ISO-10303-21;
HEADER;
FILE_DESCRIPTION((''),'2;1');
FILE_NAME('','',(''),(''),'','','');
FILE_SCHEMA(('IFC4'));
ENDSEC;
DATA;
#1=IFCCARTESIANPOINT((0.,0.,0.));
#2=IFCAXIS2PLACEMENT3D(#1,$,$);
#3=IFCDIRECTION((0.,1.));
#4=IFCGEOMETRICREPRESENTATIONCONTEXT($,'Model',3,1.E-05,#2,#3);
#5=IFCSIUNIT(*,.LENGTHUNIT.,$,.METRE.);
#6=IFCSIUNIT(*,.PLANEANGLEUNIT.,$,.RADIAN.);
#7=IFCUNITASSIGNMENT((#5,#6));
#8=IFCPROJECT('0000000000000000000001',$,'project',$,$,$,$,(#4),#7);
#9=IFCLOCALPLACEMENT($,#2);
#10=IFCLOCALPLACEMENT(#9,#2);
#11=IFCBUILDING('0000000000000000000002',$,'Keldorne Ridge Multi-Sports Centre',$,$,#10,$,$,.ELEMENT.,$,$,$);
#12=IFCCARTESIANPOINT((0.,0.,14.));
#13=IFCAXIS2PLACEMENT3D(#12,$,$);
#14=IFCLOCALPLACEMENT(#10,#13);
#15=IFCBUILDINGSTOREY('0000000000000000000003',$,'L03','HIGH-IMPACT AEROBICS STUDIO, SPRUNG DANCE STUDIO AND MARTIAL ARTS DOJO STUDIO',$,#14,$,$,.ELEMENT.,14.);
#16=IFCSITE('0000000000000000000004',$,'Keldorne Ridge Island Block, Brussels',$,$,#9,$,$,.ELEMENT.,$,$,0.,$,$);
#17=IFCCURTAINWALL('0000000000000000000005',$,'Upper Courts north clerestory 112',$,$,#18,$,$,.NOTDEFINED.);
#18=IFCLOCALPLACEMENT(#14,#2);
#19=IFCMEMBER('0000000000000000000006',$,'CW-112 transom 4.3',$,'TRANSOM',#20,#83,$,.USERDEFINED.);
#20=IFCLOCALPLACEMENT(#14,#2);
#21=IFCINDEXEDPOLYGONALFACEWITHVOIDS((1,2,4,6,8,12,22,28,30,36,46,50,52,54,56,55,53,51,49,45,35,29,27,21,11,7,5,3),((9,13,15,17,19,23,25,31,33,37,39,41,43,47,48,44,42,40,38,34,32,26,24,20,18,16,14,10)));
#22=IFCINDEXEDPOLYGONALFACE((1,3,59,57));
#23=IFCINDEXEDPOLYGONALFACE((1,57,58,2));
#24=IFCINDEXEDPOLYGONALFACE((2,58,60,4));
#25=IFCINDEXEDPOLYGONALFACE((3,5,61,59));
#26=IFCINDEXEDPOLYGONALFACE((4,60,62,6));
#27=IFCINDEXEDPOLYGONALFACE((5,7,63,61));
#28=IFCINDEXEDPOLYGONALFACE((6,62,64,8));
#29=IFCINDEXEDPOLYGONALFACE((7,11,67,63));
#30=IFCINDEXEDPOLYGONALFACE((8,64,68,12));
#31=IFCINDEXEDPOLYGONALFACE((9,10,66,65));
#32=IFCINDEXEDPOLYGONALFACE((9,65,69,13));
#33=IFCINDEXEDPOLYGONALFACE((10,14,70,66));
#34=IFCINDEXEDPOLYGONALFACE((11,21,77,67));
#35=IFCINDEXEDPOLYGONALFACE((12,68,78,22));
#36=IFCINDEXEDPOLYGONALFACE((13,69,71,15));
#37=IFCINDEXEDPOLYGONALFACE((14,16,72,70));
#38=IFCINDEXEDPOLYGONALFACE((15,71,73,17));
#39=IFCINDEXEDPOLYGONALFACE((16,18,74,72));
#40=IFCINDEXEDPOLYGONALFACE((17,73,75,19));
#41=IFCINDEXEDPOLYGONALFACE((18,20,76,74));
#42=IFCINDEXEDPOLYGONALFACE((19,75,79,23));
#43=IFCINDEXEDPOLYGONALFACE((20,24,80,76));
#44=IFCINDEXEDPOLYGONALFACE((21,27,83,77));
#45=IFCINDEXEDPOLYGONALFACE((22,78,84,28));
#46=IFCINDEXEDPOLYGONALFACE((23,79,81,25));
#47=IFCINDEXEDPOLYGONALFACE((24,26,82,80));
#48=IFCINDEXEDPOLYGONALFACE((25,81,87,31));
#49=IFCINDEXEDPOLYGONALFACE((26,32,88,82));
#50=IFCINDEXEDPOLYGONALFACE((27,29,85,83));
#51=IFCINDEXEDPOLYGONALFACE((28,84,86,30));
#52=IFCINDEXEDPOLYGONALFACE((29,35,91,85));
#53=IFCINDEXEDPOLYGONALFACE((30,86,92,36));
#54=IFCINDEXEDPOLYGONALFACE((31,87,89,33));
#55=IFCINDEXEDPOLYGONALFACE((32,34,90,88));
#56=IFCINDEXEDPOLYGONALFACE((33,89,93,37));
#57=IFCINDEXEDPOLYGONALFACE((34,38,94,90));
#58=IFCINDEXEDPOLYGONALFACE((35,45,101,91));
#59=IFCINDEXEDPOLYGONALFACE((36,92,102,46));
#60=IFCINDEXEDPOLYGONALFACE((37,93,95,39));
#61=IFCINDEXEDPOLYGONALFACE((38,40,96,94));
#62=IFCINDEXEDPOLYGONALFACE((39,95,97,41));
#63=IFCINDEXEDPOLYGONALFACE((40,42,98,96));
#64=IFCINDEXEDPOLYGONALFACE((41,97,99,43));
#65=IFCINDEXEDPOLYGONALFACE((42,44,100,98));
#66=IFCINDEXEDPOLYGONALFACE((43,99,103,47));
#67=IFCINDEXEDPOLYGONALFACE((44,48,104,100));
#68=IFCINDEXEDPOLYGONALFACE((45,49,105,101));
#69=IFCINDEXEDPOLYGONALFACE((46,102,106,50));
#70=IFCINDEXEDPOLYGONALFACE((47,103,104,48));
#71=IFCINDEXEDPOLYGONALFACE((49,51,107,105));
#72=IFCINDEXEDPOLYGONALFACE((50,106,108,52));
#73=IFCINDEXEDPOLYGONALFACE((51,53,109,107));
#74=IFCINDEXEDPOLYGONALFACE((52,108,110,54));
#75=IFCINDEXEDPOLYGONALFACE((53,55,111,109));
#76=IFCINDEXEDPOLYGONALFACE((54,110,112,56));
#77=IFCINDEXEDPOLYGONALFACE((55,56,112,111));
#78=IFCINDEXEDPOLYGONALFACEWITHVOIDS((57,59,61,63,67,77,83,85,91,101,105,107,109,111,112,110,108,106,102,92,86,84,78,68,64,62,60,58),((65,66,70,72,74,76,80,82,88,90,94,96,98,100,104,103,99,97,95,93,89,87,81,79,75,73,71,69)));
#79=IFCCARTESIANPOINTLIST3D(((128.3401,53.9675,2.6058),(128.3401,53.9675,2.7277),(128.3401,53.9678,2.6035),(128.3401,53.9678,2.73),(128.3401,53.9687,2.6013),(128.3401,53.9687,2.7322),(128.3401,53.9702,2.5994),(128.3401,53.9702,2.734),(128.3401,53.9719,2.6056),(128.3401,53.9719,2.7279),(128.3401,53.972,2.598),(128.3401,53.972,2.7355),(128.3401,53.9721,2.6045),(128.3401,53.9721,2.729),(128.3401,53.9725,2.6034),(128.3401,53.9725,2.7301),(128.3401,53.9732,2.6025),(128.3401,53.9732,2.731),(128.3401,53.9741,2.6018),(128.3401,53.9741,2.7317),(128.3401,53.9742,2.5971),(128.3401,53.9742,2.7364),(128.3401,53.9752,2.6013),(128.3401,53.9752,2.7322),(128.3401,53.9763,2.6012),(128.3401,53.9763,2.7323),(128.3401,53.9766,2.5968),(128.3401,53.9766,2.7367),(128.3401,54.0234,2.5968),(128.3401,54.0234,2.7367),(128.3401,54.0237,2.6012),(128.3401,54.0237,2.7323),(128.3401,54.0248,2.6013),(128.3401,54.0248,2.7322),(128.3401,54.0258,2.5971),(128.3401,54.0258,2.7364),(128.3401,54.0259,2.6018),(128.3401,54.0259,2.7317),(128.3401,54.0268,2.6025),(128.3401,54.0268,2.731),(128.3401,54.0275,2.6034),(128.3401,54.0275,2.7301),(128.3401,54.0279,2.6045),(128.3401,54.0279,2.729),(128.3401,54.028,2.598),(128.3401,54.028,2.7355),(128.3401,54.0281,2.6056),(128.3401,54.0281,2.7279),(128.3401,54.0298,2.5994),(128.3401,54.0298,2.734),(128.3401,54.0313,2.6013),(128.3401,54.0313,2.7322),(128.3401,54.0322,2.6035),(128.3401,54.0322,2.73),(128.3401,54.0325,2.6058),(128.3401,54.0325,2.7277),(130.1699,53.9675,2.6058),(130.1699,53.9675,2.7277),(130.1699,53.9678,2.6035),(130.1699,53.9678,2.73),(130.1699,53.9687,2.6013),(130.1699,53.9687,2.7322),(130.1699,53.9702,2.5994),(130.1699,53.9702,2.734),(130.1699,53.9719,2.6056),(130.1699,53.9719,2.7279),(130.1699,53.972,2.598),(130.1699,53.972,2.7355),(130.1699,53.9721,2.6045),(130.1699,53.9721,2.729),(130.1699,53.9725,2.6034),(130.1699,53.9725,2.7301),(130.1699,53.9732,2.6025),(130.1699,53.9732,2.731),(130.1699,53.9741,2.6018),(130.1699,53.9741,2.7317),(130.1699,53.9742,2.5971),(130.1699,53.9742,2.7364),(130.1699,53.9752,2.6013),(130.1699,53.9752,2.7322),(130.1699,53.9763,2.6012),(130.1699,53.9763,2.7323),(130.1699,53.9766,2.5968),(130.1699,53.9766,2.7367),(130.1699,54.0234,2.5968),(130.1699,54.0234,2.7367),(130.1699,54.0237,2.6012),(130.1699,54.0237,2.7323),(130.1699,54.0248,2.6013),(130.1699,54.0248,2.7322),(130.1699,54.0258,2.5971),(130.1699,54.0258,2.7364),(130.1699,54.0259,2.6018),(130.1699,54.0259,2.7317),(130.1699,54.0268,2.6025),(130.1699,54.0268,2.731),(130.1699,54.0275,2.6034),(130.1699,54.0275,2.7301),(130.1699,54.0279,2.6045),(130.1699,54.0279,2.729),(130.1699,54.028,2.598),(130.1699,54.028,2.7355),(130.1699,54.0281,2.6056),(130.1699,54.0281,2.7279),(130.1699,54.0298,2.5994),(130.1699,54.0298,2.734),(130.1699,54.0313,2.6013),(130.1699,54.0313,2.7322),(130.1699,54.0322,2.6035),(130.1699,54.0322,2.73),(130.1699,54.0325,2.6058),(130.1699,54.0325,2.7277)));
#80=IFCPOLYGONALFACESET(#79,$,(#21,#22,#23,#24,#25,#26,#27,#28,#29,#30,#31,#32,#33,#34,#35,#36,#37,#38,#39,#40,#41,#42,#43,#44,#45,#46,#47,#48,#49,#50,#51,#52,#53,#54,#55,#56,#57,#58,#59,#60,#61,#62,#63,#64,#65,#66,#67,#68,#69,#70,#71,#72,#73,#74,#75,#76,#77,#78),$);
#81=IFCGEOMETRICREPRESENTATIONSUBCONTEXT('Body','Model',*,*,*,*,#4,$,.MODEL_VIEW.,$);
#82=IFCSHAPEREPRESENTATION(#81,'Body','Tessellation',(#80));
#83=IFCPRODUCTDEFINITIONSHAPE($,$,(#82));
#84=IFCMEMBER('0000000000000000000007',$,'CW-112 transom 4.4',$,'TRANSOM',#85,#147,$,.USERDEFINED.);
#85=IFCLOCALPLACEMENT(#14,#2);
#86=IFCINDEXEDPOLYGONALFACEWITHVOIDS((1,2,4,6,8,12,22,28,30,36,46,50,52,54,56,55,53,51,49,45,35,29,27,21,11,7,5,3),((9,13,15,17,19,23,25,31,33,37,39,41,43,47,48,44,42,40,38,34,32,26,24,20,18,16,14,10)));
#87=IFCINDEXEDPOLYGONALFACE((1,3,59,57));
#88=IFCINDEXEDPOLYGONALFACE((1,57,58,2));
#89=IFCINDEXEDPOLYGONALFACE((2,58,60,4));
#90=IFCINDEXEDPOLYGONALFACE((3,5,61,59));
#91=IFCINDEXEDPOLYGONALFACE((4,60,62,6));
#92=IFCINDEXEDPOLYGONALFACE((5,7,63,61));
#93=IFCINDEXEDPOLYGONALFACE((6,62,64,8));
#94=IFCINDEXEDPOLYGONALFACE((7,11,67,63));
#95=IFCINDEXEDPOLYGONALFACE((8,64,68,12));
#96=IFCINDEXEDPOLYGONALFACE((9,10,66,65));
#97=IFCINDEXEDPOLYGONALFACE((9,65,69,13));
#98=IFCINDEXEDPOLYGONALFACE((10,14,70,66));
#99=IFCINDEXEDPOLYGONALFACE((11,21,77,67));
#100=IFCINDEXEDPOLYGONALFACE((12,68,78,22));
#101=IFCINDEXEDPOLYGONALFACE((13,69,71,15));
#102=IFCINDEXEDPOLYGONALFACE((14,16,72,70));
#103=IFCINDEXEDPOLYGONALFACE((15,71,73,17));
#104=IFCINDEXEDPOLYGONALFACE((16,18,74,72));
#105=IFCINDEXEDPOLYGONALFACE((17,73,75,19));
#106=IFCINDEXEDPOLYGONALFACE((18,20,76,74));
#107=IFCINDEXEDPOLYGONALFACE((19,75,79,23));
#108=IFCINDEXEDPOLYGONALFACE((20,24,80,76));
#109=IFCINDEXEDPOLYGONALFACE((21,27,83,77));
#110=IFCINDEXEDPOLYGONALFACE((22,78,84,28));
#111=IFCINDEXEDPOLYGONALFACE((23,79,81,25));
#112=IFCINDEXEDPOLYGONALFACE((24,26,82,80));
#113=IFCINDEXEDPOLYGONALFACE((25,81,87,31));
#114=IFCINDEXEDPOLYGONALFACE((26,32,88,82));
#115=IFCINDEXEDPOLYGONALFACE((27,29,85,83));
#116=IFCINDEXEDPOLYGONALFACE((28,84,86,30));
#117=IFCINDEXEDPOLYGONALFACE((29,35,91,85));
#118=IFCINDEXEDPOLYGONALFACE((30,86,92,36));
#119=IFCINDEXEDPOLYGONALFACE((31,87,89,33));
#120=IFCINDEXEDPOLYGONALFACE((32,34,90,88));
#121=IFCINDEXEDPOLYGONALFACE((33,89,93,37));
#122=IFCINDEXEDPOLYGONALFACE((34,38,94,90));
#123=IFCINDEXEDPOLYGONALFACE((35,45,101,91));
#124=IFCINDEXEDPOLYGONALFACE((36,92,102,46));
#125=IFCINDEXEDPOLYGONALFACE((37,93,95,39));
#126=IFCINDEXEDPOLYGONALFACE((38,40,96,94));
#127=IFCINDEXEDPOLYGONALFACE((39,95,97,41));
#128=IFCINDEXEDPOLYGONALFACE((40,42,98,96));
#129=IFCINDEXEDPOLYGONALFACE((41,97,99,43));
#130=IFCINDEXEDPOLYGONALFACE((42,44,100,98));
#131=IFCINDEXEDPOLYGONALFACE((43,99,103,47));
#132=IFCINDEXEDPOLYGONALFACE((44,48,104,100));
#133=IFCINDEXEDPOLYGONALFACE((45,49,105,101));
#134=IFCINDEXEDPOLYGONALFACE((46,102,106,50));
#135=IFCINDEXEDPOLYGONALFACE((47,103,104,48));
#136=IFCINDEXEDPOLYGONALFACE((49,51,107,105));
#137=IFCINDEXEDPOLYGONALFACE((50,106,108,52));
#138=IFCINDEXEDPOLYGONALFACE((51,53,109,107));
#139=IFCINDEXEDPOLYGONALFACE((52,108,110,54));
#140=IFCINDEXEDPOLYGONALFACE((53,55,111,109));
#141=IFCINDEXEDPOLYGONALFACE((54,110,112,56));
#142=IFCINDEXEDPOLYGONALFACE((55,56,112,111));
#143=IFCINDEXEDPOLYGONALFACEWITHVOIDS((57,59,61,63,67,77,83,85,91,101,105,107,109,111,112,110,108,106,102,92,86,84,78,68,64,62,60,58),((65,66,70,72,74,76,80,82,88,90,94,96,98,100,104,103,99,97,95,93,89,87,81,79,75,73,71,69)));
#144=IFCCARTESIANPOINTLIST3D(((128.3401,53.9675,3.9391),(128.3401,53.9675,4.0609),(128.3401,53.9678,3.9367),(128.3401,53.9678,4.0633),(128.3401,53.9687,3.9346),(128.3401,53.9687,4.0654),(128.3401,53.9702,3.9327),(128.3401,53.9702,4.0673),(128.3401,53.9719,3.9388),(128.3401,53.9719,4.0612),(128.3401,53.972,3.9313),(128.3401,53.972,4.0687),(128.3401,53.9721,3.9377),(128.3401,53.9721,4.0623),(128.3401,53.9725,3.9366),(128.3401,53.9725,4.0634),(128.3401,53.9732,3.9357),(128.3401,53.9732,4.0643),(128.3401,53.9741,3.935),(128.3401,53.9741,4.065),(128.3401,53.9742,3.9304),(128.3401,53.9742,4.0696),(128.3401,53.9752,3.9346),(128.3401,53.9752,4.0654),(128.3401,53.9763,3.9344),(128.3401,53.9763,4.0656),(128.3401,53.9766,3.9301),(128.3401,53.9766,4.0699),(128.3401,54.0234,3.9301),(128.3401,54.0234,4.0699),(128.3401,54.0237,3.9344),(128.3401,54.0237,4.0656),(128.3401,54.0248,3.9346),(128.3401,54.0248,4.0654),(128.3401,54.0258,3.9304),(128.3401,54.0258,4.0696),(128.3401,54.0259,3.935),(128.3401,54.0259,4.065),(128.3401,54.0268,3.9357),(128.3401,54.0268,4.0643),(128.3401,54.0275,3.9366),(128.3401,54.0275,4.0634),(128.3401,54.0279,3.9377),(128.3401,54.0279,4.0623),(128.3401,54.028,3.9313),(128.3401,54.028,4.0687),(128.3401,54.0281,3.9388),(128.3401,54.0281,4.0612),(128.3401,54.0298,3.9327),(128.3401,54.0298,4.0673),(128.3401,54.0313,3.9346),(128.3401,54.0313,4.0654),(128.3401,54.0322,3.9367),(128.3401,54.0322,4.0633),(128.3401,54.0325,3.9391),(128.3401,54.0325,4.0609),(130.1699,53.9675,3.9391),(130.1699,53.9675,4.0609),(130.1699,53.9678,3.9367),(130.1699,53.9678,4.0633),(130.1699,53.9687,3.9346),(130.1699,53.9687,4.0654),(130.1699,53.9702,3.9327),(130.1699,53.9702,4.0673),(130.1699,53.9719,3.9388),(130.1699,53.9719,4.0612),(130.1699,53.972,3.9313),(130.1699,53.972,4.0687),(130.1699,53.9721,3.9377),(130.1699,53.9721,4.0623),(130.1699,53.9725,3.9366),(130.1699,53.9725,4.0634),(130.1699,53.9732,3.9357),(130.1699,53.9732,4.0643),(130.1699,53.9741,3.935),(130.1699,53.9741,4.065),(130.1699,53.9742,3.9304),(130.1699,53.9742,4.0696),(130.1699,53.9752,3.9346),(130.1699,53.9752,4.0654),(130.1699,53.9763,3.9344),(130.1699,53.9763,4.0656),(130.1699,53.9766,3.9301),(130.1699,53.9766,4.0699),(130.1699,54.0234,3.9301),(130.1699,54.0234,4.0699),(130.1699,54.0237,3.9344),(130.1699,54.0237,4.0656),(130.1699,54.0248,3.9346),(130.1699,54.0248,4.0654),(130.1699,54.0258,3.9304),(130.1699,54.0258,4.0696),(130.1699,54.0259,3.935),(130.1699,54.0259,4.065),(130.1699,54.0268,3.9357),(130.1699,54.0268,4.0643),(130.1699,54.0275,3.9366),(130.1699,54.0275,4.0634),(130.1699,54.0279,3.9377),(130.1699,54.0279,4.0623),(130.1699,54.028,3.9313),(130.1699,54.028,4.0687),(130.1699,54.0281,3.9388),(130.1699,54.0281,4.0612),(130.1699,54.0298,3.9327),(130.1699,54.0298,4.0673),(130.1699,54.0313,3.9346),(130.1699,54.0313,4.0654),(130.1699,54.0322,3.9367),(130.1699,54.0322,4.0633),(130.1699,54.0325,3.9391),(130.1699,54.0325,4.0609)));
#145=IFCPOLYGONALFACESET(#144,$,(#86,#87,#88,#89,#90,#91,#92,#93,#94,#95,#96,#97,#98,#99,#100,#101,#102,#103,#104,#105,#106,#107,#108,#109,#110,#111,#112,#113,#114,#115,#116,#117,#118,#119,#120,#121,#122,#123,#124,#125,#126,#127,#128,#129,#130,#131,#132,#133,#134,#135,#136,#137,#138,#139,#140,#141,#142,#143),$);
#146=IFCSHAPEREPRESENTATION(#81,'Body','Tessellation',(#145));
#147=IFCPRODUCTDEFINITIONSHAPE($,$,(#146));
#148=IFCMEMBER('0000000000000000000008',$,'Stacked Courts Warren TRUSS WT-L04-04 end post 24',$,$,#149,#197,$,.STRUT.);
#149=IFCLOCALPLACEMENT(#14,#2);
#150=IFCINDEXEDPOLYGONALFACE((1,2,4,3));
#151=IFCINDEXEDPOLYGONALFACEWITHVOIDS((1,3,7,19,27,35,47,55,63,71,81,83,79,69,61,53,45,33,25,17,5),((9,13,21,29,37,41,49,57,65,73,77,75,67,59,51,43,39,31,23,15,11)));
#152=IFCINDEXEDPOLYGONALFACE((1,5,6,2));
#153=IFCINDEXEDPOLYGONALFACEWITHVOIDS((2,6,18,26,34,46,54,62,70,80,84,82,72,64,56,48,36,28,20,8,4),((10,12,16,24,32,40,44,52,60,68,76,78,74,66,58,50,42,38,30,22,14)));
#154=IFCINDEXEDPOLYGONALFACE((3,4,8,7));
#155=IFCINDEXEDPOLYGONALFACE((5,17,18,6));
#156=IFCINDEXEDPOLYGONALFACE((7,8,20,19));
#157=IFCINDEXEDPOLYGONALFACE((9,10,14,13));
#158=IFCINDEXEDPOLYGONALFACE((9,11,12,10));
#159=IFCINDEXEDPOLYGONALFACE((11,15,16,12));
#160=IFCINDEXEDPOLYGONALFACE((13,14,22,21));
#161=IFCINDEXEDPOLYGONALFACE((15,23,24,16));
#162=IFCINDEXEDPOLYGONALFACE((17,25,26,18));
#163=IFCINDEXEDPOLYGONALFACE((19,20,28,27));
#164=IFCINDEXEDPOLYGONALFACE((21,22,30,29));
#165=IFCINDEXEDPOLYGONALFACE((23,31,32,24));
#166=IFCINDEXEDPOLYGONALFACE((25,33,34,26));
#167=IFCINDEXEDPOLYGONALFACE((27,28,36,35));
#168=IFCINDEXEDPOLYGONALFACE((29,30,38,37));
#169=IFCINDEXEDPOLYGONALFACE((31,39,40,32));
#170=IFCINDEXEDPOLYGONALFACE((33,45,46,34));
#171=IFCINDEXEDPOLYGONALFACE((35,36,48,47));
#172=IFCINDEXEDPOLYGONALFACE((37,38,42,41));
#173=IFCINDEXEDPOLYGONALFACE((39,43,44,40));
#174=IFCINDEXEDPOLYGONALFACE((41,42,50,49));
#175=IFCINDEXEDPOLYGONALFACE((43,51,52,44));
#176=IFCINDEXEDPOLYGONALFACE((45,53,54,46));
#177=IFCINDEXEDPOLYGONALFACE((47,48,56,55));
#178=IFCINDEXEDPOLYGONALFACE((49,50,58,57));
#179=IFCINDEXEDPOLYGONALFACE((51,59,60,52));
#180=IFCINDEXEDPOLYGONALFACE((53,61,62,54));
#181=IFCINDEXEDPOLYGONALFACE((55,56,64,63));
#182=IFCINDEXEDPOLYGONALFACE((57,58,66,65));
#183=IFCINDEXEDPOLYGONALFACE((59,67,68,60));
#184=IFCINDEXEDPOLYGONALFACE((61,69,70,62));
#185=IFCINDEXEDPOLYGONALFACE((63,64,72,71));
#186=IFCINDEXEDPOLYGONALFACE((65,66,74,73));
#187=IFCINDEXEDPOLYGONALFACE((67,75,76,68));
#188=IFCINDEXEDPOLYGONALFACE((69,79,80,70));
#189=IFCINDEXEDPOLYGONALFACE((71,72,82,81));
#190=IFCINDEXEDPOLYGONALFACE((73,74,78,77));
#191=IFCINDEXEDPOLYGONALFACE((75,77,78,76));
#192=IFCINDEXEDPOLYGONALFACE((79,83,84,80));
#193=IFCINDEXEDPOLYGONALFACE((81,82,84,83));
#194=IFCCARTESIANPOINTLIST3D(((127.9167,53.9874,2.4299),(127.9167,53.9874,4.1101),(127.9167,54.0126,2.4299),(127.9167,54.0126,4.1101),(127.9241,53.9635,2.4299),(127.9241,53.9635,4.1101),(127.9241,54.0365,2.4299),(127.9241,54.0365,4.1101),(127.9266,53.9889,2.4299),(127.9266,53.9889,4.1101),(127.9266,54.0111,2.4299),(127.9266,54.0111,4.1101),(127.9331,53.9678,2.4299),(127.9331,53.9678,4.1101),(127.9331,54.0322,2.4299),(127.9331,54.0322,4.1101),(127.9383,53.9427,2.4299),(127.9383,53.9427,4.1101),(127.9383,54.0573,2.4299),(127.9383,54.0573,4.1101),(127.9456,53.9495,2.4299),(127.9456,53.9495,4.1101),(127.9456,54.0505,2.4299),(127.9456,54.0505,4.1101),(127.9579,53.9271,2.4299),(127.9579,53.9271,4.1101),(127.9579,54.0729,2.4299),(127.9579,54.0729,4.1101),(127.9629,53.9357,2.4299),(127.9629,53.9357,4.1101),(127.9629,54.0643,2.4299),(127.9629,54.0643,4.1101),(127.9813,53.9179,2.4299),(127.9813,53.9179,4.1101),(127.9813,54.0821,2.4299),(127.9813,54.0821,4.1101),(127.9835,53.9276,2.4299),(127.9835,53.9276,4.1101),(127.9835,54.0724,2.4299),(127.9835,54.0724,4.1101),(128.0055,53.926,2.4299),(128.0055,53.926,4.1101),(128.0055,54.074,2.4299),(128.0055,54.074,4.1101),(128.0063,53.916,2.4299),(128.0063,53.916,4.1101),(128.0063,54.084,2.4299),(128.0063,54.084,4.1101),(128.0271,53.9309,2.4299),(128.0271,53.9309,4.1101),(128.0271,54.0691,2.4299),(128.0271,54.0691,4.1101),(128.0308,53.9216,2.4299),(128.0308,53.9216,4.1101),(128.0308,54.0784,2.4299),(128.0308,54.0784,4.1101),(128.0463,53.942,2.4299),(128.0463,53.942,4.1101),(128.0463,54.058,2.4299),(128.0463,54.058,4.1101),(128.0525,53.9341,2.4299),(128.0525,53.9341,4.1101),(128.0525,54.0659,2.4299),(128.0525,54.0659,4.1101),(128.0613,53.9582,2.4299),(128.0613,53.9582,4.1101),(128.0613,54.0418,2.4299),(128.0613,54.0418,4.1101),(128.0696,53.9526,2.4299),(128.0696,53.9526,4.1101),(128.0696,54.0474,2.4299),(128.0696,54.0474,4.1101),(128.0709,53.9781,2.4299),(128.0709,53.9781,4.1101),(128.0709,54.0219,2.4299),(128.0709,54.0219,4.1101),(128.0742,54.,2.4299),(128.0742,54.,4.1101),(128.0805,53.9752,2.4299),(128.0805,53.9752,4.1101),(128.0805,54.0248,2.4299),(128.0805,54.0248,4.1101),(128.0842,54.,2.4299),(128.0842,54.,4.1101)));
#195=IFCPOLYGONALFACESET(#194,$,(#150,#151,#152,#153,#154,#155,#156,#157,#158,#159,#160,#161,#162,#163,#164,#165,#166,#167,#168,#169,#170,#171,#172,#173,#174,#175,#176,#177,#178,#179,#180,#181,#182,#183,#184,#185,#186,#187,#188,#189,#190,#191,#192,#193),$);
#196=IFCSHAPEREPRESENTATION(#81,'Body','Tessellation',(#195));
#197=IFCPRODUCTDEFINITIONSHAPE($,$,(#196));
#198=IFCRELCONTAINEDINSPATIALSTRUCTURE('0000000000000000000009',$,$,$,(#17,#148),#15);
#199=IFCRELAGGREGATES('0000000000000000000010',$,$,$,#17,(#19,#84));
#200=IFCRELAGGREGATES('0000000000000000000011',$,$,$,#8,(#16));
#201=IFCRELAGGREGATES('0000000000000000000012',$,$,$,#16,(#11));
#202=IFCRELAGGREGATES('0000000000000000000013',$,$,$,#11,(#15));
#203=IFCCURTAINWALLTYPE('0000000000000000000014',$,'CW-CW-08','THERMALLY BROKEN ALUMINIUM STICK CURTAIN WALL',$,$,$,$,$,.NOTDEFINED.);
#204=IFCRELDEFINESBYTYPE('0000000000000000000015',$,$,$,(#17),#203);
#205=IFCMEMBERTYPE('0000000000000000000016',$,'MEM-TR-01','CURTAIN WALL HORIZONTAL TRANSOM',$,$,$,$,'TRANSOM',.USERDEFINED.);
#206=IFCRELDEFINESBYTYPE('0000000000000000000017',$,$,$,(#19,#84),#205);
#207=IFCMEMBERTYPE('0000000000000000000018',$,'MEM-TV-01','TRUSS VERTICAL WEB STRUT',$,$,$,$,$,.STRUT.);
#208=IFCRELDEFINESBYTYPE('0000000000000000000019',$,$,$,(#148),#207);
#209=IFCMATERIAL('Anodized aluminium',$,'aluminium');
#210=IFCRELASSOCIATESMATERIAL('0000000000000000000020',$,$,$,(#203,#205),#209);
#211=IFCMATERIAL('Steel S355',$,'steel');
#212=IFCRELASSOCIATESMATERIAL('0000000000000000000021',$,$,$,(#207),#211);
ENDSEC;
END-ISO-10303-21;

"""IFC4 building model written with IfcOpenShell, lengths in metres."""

from ifc_helpers import new_model, si_unit, direction, frame, origin, origin_2d, place, context, subcontext, project, spatial, hollow_rectangle, hollow_circle, extrude, material, material_profile, profile_set, type_object, element, aggregate, save


model = new_model("IFC4")

# Units and contexts
model_context = context("Model", 3, precision=1e-05, world=origin(), true_north=direction((0.0, 1.0)))
body_context = subcontext(model_context, "Body", "Model", "MODEL_VIEW")
ifc_project = project(units=[si_unit("LENGTHUNIT", "METRE"), si_unit("PLANEANGLEUNIT", "RADIAN")], contexts=[model_context])

# Site, building, storey
site_placement = place(None, origin())
site = spatial("IfcSite", under=ifc_project, at=site_placement, Name="Keldorne Ridge Island Block, Brussels", CompositionType="ELEMENT", RefElevation=0.0)
building_placement = place(site_placement, origin())
building = spatial("IfcBuilding", under=site, at=building_placement, Name="Keldorne Ridge Multi-Sports Centre", CompositionType="ELEMENT")
storey_placement = place(building_placement, frame((0.0, 0.0, 14.0)))
storey = spatial("IfcBuildingStorey", under=building, at=storey_placement, Name="L03", Description="HIGH-IMPACT AEROBICS STUDIO, SPRUNG DANCE STUDIO AND MARTIAL ARTS DOJO STUDIO", CompositionType="ELEMENT", Elevation=14.0)

# Shared definitions
ifc_material_1 = material(Name="Steel S355", Category="steel")

# Curtain wall
ifc_material_2 = material(Name="Anodized aluminium", Category="aluminium")
curtain_wall_type_1 = type_object("IfcCurtainWallType", Name="CW-CW-08", Description="THERMALLY BROKEN ALUMINIUM STICK CURTAIN WALL", PredefinedType="NOTDEFINED", material=ifc_material_2)
curtain_wall_1_placement = place(storey_placement, origin())
curtain_wall_1 = element("IfcCurtainWall", 1, at=curtain_wall_1_placement, inside=storey, type_object=curtain_wall_type_1, Name="Upper Courts north clerestory 112", PredefinedType="NOTDEFINED")
ifc_material_profile_1 = material_profile(ifc_material_2, hollow_rectangle(XDim=0.0649, YDim=0.1399, WallThickness=0.0044, InnerFilletRadius=0.0044, OuterFilletRadius=0.009, at=origin_2d()), Name="ALU TRANSOM 140x65x4.5")
ifc_profile_set_1 = profile_set([ifc_material_profile_1], Name="Anodized aluminium")
member_type_1 = type_object("IfcMemberType", Name="MEM-TR-01", Description="CURTAIN WALL HORIZONTAL TRANSOM", ElementType="TRANSOM", PredefinedType="USERDEFINED", material=ifc_profile_set_1)

# Members
member_1_placement = place(storey_placement, frame((130.1699, 54.0, 2.6667), z_axis=(-1.0, 0.0, 0.0), x_axis=(0.0, -1.0, 0.0)))
member_1 = element("IfcMember", 2, at=member_1_placement, type_object=member_type_1, Name="CW-112 transom 4.3", ObjectType="TRANSOM", PredefinedType="USERDEFINED", context=body_context, shape_type="SweptSolid", body=[
    extrude(hollow_rectangle(XDim=0.0649, YDim=0.1399, WallThickness=0.0044, InnerFilletRadius=0.0044, OuterFilletRadius=0.009, at=origin_2d()), origin(), (0.0, 0.0, 1.0), 1.8298),
])
member_2_placement = place(storey_placement, frame((130.1699, 54.0, 4.0), z_axis=(-1.0, 0.0, 0.0), x_axis=(0.0, -1.0, 0.0)))
member_2 = element("IfcMember", 3, at=member_2_placement, type_object=member_type_1, Name="CW-112 transom 4.4", ObjectType="TRANSOM", PredefinedType="USERDEFINED", context=body_context, shape_type="SweptSolid", body=[
    extrude(hollow_rectangle(XDim=0.0649, YDim=0.1399, WallThickness=0.0044, InnerFilletRadius=0.0044, OuterFilletRadius=0.009, at=origin_2d()), origin(), (0.0, 0.0, 1.0), 1.8298),
])
ifc_material_profile_2 = material_profile(ifc_material_1, hollow_circle(Radius=0.0842, WallThickness=0.01, at=origin_2d()), Name="CHS 168.3x10")
ifc_profile_set_2 = profile_set([ifc_material_profile_2], Name="Steel S355")
member_type_2 = type_object("IfcMemberType", Name="MEM-TV-01", Description="TRUSS VERTICAL WEB STRUT", PredefinedType="STRUT", material=ifc_profile_set_2)
member_3_placement = place(storey_placement, frame((128.0, 54.0, 2.4299), z_axis=(0.0, 0.0, 1.0), x_axis=(1.0, 0.0, 0.0)))
element("IfcMember", 4, at=member_3_placement, inside=storey, type_object=member_type_2, Name="Stacked Courts Warren TRUSS WT-L04-04 end post 24", PredefinedType="STRUT", context=body_context, shape_type="SweptSolid", body=[
    extrude(hollow_circle(Radius=0.0842, WallThickness=0.01, at=origin_2d()), origin(), (0.0, 0.0, 1.0), 1.6802),
])

aggregate(curtain_wall_1, [member_1, member_2])

save(model, "model.ifc")
